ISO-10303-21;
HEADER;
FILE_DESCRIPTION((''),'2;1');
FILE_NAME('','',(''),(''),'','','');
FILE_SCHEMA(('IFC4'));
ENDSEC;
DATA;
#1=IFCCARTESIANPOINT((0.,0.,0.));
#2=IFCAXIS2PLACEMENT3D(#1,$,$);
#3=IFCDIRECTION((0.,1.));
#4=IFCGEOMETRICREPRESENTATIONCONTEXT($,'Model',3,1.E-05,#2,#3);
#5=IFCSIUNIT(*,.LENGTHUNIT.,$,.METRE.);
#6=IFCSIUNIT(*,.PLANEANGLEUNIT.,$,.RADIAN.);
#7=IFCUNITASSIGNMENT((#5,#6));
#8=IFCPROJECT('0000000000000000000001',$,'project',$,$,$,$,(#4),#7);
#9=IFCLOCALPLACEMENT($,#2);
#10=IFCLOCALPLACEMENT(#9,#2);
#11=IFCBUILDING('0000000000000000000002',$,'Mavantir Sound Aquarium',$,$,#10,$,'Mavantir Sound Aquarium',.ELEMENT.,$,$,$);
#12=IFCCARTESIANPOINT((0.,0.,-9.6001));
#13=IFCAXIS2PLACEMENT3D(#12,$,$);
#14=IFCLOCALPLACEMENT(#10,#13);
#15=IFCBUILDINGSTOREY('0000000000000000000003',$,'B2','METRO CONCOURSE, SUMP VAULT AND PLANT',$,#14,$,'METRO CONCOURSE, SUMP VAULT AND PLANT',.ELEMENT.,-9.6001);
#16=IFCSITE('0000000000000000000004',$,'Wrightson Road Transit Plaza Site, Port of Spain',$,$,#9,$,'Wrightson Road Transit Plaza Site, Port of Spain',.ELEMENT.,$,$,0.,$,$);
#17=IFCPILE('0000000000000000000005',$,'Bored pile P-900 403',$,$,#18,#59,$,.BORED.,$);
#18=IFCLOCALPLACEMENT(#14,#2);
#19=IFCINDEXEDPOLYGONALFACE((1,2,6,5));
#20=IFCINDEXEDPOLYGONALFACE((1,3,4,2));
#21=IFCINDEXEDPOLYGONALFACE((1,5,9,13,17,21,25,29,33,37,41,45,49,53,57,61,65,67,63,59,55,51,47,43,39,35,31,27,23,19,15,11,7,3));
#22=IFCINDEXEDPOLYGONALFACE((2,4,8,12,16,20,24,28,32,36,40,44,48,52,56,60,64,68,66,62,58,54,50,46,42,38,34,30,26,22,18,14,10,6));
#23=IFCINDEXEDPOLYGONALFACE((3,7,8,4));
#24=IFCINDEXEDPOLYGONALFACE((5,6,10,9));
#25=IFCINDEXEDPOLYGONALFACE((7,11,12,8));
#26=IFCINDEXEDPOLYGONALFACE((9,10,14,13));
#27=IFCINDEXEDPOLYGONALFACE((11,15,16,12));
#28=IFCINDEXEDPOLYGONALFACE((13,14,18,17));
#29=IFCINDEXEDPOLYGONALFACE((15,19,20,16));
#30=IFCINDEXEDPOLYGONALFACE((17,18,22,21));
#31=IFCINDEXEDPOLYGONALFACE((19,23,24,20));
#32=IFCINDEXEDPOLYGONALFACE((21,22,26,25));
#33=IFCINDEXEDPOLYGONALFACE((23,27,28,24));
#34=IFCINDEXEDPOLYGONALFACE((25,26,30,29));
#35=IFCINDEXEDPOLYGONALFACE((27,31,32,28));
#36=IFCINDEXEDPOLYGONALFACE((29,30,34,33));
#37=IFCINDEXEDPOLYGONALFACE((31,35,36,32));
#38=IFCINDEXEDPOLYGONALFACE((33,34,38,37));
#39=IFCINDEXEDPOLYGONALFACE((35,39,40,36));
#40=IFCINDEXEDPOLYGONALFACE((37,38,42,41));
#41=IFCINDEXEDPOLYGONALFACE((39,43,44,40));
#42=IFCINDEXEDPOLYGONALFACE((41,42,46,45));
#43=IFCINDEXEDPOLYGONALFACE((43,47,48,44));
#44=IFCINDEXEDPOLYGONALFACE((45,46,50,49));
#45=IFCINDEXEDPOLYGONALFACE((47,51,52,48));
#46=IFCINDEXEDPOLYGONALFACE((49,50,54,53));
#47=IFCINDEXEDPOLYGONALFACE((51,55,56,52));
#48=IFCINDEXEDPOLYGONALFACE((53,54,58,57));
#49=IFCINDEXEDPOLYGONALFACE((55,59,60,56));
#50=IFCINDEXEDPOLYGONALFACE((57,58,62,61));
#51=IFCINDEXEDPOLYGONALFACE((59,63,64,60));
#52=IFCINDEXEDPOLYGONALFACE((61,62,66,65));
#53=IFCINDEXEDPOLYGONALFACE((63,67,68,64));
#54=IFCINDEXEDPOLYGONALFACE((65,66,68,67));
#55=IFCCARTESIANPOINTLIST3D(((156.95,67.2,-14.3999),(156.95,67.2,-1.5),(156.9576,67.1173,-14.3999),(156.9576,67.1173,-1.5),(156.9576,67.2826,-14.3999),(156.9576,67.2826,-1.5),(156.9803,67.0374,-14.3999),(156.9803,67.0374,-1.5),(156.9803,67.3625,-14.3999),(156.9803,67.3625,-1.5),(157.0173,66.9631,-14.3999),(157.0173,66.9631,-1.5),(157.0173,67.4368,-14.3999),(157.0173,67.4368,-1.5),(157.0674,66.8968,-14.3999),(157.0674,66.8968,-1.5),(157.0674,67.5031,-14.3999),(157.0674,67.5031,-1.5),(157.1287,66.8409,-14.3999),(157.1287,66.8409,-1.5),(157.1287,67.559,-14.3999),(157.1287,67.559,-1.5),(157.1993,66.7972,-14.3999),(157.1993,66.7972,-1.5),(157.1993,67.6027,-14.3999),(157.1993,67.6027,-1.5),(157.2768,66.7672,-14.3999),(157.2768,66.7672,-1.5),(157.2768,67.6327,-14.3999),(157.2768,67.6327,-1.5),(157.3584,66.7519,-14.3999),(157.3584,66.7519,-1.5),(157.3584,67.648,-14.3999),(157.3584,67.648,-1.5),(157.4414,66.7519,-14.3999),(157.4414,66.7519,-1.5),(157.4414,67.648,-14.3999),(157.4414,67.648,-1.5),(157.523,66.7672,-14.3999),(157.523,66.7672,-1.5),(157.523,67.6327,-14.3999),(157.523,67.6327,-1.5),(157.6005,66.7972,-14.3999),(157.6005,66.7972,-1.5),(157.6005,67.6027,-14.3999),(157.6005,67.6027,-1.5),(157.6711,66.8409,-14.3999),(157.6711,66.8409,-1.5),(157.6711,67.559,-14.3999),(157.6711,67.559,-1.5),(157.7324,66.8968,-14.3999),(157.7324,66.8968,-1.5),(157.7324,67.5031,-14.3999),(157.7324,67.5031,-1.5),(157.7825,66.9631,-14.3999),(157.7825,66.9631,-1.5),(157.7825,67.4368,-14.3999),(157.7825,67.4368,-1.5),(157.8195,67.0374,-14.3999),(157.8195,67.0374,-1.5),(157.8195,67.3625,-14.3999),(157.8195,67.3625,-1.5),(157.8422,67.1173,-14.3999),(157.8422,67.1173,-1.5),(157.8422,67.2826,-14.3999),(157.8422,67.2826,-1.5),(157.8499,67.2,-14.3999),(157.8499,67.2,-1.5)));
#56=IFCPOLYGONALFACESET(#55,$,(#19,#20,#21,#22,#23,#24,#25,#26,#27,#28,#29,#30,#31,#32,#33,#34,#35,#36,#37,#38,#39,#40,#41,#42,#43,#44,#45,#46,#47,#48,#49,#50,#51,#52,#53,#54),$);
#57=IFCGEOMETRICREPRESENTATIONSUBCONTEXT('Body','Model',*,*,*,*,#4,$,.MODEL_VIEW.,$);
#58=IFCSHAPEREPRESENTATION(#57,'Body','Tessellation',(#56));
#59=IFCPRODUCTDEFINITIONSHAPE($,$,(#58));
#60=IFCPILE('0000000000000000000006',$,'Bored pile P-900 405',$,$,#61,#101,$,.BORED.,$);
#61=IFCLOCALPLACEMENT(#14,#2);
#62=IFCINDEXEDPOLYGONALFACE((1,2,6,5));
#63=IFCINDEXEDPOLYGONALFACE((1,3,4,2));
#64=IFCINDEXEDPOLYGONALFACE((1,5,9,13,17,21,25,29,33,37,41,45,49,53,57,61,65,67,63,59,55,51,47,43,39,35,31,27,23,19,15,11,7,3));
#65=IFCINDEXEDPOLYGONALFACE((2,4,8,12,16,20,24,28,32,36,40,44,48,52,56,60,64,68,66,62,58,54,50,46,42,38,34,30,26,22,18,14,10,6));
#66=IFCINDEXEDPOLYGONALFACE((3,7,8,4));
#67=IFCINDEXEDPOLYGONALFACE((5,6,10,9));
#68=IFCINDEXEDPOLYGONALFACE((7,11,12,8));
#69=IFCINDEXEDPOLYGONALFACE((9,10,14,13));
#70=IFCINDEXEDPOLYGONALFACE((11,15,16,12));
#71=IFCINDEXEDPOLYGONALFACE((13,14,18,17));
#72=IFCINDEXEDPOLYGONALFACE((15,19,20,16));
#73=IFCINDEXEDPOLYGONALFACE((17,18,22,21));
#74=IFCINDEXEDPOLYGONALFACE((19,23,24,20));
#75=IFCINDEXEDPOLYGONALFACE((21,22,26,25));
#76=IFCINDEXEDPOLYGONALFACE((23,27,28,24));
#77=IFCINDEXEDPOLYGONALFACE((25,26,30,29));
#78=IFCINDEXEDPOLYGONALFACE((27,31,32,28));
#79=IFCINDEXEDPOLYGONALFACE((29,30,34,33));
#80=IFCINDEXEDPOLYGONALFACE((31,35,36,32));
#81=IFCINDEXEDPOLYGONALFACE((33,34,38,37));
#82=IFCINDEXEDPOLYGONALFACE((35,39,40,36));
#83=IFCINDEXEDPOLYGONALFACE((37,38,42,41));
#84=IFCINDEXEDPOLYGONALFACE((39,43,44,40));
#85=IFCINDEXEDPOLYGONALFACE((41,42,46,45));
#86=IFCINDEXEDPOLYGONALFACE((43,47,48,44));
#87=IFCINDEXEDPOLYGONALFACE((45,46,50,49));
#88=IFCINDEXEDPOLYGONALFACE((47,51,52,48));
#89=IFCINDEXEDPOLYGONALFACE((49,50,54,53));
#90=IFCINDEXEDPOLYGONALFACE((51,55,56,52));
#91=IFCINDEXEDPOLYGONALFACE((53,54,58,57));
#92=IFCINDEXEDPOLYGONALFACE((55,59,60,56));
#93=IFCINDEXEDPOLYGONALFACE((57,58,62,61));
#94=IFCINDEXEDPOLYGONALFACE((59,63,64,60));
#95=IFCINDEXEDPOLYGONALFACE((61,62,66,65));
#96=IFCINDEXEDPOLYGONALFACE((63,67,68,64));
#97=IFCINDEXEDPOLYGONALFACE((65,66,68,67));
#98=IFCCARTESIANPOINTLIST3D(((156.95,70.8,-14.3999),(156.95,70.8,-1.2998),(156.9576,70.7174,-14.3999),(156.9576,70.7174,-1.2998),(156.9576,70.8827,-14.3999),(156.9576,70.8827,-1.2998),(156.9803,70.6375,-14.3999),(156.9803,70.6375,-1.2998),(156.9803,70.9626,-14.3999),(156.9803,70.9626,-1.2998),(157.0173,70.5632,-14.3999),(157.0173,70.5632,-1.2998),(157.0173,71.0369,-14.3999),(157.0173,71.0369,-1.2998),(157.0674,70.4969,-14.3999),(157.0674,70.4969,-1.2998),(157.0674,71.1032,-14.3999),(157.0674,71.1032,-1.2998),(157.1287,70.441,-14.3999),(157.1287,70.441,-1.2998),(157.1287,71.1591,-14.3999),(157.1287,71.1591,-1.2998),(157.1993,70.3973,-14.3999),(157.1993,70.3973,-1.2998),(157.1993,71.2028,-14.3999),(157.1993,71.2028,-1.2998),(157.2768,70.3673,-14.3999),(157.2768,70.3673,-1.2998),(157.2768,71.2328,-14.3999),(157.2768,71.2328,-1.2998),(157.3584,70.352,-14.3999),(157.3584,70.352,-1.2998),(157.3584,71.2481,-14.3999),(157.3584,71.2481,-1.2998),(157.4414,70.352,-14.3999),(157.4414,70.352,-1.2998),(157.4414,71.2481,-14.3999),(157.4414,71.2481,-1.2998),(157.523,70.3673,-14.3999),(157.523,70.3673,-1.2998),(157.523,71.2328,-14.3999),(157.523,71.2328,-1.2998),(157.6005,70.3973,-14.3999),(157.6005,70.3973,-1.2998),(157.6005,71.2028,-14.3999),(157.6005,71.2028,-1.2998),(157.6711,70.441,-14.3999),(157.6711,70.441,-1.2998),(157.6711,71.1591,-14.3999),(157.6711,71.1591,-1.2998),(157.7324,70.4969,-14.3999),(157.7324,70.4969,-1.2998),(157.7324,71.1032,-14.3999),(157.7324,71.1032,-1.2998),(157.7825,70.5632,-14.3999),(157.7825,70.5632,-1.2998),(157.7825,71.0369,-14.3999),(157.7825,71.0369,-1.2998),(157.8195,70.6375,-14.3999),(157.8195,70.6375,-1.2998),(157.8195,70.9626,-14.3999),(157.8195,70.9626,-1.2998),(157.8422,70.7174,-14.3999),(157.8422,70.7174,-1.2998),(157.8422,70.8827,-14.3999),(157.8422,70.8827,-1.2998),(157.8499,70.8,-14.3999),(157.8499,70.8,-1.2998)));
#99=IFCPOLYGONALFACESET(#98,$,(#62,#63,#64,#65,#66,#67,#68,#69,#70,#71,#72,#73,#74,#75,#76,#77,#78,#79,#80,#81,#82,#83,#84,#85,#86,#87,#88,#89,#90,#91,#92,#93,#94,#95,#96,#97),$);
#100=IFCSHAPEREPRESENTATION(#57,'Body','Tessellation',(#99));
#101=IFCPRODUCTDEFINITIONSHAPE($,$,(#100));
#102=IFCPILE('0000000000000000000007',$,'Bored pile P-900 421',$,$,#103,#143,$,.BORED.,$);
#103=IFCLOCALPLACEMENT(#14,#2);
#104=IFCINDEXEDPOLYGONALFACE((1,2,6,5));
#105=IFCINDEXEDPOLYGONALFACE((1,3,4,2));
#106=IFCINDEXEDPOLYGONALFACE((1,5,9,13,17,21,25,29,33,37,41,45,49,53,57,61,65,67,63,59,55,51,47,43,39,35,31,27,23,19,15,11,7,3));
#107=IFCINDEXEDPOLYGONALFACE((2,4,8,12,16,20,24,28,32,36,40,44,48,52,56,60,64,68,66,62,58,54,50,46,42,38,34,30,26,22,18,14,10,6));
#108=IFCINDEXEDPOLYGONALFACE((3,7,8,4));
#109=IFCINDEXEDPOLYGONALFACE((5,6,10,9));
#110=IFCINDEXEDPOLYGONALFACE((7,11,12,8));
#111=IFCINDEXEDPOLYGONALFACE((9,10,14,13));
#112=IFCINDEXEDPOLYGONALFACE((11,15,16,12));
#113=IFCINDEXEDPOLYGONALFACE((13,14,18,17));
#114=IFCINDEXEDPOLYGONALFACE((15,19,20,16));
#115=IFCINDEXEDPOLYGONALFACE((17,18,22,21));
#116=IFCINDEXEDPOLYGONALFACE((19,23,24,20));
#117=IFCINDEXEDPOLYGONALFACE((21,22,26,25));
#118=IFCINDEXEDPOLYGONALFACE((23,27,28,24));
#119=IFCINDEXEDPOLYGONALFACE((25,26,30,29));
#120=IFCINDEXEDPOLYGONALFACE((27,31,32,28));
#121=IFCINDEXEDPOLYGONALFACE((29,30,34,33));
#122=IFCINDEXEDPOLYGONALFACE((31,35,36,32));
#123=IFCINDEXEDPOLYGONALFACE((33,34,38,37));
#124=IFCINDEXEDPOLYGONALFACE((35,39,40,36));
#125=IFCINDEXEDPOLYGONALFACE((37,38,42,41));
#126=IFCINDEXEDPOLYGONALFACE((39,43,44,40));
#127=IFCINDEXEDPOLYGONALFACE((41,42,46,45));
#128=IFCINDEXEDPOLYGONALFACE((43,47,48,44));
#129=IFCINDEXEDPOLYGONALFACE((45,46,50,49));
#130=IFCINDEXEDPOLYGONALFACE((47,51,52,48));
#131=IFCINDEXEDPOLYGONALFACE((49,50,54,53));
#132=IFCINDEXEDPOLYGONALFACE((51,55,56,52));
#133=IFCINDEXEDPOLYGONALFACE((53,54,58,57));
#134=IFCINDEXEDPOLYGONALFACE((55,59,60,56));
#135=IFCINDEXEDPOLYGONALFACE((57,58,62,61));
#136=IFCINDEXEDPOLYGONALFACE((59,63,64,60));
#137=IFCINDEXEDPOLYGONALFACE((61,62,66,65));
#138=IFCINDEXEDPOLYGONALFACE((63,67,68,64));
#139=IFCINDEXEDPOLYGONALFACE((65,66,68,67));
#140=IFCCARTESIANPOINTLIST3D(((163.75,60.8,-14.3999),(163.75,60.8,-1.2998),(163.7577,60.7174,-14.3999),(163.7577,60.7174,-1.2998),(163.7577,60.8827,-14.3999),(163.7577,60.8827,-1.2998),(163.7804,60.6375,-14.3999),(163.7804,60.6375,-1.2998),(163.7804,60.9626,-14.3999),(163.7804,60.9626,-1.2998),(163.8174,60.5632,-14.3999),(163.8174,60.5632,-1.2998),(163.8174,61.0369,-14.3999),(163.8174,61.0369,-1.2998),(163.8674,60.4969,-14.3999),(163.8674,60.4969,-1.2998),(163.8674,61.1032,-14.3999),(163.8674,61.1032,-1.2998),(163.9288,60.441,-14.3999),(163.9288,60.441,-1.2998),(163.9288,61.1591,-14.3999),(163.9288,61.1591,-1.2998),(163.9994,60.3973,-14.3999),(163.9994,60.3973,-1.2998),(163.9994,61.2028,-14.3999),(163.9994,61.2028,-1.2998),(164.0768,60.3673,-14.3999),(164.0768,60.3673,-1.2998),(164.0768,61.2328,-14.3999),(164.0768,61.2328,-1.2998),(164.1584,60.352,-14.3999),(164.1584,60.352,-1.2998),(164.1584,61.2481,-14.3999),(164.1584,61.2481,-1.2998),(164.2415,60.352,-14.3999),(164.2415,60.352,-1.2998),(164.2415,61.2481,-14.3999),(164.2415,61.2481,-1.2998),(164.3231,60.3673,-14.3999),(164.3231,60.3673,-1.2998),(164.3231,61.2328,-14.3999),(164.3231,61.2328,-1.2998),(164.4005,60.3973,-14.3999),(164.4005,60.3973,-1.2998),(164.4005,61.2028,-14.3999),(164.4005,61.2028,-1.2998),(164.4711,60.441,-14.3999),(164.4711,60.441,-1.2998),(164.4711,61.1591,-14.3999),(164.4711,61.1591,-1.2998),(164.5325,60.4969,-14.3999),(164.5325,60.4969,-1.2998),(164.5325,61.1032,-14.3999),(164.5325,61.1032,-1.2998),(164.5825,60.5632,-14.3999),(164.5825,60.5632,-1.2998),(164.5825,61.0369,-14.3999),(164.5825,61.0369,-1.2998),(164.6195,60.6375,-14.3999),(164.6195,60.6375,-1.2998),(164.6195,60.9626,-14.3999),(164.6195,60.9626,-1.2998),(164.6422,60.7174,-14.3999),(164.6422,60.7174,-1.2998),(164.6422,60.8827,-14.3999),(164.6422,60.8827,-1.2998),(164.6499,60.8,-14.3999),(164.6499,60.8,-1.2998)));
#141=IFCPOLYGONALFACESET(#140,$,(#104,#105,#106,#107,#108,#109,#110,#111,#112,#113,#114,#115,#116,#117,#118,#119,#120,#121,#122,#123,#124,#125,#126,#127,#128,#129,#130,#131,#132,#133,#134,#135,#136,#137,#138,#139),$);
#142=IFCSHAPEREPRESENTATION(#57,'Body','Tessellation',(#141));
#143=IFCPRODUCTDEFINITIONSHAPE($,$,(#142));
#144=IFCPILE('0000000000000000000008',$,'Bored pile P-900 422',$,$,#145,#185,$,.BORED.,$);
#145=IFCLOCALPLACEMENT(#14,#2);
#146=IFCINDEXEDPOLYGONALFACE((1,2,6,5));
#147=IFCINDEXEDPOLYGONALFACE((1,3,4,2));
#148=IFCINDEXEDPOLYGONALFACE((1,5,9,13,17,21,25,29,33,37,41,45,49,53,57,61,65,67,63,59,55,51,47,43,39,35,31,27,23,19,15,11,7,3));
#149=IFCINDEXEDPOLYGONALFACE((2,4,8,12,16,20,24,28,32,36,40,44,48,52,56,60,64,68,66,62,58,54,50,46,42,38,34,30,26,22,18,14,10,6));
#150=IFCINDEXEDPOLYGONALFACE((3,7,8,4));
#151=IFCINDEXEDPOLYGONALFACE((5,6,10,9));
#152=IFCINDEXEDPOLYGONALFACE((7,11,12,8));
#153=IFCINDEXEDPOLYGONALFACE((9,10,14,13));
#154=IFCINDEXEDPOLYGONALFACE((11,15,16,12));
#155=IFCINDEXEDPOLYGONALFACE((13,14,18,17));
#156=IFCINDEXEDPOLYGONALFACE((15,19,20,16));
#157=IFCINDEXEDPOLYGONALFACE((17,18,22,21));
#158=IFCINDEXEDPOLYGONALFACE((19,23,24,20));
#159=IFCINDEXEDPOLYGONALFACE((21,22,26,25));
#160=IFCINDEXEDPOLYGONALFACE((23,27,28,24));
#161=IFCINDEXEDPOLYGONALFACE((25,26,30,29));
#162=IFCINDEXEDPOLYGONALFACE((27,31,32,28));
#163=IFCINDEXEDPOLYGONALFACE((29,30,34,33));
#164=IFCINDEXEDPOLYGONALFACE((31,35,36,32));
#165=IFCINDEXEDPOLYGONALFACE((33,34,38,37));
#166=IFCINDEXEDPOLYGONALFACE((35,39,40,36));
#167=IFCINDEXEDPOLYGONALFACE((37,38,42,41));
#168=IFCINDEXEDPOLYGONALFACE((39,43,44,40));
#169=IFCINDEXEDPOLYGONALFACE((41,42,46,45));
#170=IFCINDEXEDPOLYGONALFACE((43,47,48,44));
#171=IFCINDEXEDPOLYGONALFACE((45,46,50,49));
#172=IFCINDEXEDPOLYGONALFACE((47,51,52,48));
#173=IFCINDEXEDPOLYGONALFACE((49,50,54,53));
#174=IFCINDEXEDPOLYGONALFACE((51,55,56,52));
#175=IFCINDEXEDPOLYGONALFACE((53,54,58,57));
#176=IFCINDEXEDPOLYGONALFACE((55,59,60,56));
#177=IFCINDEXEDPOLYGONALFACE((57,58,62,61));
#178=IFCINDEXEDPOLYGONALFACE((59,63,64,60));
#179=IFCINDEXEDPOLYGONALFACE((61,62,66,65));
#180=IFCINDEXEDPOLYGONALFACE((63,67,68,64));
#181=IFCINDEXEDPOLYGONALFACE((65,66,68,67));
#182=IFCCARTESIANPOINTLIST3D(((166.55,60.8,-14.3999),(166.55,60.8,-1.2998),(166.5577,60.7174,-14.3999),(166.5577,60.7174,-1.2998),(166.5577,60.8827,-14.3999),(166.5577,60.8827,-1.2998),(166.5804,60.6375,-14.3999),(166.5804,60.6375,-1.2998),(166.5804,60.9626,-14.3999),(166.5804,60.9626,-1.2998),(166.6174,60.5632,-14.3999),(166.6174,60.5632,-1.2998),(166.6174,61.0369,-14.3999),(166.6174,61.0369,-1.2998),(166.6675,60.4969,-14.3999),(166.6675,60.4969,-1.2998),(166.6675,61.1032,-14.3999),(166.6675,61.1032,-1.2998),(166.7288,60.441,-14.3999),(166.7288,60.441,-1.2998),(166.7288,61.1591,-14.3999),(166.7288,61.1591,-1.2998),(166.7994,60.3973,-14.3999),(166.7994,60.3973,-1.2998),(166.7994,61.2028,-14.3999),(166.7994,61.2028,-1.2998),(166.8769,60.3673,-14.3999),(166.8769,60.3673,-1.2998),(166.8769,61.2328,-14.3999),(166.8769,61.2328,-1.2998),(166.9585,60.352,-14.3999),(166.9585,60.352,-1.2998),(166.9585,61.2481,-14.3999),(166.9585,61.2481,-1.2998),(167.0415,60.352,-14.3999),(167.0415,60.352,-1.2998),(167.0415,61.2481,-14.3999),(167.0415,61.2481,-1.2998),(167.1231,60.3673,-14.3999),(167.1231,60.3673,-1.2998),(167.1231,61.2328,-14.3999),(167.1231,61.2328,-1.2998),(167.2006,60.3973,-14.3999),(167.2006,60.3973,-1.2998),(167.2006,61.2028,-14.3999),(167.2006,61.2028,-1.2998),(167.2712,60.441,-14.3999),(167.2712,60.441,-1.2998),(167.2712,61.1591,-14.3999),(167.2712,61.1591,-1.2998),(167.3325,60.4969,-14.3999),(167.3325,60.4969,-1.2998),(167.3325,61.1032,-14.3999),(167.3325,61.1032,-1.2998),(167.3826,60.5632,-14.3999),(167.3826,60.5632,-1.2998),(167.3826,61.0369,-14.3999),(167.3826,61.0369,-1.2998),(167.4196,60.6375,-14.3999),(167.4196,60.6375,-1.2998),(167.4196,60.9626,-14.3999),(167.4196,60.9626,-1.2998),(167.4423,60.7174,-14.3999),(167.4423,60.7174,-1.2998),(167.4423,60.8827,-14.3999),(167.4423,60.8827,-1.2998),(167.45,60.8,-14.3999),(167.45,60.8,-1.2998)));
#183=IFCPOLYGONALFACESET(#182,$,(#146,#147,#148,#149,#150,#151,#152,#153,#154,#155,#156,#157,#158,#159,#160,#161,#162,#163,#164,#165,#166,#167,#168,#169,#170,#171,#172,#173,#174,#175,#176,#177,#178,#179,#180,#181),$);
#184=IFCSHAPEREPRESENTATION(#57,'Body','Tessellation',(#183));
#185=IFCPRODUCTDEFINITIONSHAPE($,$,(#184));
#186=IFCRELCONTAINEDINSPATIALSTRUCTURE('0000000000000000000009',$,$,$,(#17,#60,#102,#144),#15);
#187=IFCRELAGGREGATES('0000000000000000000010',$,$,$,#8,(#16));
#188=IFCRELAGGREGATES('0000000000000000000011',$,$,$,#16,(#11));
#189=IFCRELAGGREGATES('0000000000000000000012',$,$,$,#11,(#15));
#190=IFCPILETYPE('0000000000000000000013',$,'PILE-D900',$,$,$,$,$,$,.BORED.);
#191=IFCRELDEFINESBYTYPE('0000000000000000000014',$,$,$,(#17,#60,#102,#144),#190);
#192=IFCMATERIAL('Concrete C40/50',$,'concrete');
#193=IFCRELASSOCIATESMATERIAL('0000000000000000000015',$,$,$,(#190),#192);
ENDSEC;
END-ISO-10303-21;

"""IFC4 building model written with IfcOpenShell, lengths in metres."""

from ifc_helpers import new_model, si_unit, direction, frame, origin, origin_2d, place, context, subcontext, project, spatial, circle, extrude, material, material_profile, profile_set, type_object, element, save


model = new_model("IFC4")

# Units and contexts
model_context = context("Model", 3, precision=1e-05, world=origin(), true_north=direction((0.0, 1.0)))
body_context = subcontext(model_context, "Body", "Model", "MODEL_VIEW")
ifc_project = project(units=[si_unit("LENGTHUNIT", "METRE"), si_unit("PLANEANGLEUNIT", "RADIAN")], contexts=[model_context])

# Site, building, storey
site_placement = place(None, origin())
site = spatial("IfcSite", under=ifc_project, at=site_placement, Name="Wrightson Road Transit Plaza Site, Port of Spain", LongName="Wrightson Road Transit Plaza Site, Port of Spain", CompositionType="ELEMENT", RefElevation=0.0)
building_placement = place(site_placement, origin())
building = spatial("IfcBuilding", under=site, at=building_placement, Name="Mavantir Sound Aquarium", LongName="Mavantir Sound Aquarium", CompositionType="ELEMENT")
storey_placement = place(building_placement, frame((0.0, 0.0, -9.6001)))
storey = spatial("IfcBuildingStorey", under=building, at=storey_placement, Name="B2", Description="METRO CONCOURSE, SUMP VAULT AND PLANT", LongName="METRO CONCOURSE, SUMP VAULT AND PLANT", CompositionType="ELEMENT", Elevation=-9.6001)

# Shared definitions
ifc_material_1 = material(Name="Concrete C40/50", Category="concrete")

# Piles
ifc_material_profile_1 = material_profile(ifc_material_1, circle(Radius=0.45, at=origin_2d()), Name="PILE D900")
ifc_profile_set_1 = profile_set([ifc_material_profile_1], Name="Concrete C40/50")
pile_type = type_object("IfcPileType", Name="PILE-D900", PredefinedType="BORED", material=ifc_profile_set_1)
for number, where, z_axis, x_axis, name in (
    (1, (157.3999, 67.2, -1.5), (0.0, 0.0, -1.0), (1.0, 0.0, 0.0), "Bored pile P-900 403"),
):
    element("IfcPile", number, at=place(storey_placement, frame(where, z_axis=z_axis, x_axis=x_axis)), inside=storey, type_object=pile_type, Name=name, PredefinedType="BORED", context=body_context, shape_type="SweptSolid", body=[
        extrude(circle(Radius=0.45, at=origin_2d()), origin(), (0.0, 0.0, 1.0), 12.8999),
    ])
for number, where, z_axis, x_axis, name in (
    (2, (157.3999, 70.8, -1.2998), (0.0, 0.0, -1.0), (1.0, 0.0, 0.0), "Bored pile P-900 405"),
    (3, (164.2, 60.8, -1.2998), (0.0, 0.0, -1.0), (1.0, 0.0, 0.0), "Bored pile P-900 421"),
    (4, (167.0, 60.8, -1.2998), (0.0, 0.0, -1.0), (1.0, 0.0, 0.0), "Bored pile P-900 422"),
):
    element("IfcPile", number, at=place(storey_placement, frame(where, z_axis=z_axis, x_axis=x_axis)), inside=storey, type_object=pile_type, Name=name, PredefinedType="BORED", context=body_context, shape_type="SweptSolid", body=[
        extrude(circle(Radius=0.45, at=origin_2d()), origin(), (0.0, 0.0, 1.0), 13.1001),
    ])

save(model, "model.ifc")
